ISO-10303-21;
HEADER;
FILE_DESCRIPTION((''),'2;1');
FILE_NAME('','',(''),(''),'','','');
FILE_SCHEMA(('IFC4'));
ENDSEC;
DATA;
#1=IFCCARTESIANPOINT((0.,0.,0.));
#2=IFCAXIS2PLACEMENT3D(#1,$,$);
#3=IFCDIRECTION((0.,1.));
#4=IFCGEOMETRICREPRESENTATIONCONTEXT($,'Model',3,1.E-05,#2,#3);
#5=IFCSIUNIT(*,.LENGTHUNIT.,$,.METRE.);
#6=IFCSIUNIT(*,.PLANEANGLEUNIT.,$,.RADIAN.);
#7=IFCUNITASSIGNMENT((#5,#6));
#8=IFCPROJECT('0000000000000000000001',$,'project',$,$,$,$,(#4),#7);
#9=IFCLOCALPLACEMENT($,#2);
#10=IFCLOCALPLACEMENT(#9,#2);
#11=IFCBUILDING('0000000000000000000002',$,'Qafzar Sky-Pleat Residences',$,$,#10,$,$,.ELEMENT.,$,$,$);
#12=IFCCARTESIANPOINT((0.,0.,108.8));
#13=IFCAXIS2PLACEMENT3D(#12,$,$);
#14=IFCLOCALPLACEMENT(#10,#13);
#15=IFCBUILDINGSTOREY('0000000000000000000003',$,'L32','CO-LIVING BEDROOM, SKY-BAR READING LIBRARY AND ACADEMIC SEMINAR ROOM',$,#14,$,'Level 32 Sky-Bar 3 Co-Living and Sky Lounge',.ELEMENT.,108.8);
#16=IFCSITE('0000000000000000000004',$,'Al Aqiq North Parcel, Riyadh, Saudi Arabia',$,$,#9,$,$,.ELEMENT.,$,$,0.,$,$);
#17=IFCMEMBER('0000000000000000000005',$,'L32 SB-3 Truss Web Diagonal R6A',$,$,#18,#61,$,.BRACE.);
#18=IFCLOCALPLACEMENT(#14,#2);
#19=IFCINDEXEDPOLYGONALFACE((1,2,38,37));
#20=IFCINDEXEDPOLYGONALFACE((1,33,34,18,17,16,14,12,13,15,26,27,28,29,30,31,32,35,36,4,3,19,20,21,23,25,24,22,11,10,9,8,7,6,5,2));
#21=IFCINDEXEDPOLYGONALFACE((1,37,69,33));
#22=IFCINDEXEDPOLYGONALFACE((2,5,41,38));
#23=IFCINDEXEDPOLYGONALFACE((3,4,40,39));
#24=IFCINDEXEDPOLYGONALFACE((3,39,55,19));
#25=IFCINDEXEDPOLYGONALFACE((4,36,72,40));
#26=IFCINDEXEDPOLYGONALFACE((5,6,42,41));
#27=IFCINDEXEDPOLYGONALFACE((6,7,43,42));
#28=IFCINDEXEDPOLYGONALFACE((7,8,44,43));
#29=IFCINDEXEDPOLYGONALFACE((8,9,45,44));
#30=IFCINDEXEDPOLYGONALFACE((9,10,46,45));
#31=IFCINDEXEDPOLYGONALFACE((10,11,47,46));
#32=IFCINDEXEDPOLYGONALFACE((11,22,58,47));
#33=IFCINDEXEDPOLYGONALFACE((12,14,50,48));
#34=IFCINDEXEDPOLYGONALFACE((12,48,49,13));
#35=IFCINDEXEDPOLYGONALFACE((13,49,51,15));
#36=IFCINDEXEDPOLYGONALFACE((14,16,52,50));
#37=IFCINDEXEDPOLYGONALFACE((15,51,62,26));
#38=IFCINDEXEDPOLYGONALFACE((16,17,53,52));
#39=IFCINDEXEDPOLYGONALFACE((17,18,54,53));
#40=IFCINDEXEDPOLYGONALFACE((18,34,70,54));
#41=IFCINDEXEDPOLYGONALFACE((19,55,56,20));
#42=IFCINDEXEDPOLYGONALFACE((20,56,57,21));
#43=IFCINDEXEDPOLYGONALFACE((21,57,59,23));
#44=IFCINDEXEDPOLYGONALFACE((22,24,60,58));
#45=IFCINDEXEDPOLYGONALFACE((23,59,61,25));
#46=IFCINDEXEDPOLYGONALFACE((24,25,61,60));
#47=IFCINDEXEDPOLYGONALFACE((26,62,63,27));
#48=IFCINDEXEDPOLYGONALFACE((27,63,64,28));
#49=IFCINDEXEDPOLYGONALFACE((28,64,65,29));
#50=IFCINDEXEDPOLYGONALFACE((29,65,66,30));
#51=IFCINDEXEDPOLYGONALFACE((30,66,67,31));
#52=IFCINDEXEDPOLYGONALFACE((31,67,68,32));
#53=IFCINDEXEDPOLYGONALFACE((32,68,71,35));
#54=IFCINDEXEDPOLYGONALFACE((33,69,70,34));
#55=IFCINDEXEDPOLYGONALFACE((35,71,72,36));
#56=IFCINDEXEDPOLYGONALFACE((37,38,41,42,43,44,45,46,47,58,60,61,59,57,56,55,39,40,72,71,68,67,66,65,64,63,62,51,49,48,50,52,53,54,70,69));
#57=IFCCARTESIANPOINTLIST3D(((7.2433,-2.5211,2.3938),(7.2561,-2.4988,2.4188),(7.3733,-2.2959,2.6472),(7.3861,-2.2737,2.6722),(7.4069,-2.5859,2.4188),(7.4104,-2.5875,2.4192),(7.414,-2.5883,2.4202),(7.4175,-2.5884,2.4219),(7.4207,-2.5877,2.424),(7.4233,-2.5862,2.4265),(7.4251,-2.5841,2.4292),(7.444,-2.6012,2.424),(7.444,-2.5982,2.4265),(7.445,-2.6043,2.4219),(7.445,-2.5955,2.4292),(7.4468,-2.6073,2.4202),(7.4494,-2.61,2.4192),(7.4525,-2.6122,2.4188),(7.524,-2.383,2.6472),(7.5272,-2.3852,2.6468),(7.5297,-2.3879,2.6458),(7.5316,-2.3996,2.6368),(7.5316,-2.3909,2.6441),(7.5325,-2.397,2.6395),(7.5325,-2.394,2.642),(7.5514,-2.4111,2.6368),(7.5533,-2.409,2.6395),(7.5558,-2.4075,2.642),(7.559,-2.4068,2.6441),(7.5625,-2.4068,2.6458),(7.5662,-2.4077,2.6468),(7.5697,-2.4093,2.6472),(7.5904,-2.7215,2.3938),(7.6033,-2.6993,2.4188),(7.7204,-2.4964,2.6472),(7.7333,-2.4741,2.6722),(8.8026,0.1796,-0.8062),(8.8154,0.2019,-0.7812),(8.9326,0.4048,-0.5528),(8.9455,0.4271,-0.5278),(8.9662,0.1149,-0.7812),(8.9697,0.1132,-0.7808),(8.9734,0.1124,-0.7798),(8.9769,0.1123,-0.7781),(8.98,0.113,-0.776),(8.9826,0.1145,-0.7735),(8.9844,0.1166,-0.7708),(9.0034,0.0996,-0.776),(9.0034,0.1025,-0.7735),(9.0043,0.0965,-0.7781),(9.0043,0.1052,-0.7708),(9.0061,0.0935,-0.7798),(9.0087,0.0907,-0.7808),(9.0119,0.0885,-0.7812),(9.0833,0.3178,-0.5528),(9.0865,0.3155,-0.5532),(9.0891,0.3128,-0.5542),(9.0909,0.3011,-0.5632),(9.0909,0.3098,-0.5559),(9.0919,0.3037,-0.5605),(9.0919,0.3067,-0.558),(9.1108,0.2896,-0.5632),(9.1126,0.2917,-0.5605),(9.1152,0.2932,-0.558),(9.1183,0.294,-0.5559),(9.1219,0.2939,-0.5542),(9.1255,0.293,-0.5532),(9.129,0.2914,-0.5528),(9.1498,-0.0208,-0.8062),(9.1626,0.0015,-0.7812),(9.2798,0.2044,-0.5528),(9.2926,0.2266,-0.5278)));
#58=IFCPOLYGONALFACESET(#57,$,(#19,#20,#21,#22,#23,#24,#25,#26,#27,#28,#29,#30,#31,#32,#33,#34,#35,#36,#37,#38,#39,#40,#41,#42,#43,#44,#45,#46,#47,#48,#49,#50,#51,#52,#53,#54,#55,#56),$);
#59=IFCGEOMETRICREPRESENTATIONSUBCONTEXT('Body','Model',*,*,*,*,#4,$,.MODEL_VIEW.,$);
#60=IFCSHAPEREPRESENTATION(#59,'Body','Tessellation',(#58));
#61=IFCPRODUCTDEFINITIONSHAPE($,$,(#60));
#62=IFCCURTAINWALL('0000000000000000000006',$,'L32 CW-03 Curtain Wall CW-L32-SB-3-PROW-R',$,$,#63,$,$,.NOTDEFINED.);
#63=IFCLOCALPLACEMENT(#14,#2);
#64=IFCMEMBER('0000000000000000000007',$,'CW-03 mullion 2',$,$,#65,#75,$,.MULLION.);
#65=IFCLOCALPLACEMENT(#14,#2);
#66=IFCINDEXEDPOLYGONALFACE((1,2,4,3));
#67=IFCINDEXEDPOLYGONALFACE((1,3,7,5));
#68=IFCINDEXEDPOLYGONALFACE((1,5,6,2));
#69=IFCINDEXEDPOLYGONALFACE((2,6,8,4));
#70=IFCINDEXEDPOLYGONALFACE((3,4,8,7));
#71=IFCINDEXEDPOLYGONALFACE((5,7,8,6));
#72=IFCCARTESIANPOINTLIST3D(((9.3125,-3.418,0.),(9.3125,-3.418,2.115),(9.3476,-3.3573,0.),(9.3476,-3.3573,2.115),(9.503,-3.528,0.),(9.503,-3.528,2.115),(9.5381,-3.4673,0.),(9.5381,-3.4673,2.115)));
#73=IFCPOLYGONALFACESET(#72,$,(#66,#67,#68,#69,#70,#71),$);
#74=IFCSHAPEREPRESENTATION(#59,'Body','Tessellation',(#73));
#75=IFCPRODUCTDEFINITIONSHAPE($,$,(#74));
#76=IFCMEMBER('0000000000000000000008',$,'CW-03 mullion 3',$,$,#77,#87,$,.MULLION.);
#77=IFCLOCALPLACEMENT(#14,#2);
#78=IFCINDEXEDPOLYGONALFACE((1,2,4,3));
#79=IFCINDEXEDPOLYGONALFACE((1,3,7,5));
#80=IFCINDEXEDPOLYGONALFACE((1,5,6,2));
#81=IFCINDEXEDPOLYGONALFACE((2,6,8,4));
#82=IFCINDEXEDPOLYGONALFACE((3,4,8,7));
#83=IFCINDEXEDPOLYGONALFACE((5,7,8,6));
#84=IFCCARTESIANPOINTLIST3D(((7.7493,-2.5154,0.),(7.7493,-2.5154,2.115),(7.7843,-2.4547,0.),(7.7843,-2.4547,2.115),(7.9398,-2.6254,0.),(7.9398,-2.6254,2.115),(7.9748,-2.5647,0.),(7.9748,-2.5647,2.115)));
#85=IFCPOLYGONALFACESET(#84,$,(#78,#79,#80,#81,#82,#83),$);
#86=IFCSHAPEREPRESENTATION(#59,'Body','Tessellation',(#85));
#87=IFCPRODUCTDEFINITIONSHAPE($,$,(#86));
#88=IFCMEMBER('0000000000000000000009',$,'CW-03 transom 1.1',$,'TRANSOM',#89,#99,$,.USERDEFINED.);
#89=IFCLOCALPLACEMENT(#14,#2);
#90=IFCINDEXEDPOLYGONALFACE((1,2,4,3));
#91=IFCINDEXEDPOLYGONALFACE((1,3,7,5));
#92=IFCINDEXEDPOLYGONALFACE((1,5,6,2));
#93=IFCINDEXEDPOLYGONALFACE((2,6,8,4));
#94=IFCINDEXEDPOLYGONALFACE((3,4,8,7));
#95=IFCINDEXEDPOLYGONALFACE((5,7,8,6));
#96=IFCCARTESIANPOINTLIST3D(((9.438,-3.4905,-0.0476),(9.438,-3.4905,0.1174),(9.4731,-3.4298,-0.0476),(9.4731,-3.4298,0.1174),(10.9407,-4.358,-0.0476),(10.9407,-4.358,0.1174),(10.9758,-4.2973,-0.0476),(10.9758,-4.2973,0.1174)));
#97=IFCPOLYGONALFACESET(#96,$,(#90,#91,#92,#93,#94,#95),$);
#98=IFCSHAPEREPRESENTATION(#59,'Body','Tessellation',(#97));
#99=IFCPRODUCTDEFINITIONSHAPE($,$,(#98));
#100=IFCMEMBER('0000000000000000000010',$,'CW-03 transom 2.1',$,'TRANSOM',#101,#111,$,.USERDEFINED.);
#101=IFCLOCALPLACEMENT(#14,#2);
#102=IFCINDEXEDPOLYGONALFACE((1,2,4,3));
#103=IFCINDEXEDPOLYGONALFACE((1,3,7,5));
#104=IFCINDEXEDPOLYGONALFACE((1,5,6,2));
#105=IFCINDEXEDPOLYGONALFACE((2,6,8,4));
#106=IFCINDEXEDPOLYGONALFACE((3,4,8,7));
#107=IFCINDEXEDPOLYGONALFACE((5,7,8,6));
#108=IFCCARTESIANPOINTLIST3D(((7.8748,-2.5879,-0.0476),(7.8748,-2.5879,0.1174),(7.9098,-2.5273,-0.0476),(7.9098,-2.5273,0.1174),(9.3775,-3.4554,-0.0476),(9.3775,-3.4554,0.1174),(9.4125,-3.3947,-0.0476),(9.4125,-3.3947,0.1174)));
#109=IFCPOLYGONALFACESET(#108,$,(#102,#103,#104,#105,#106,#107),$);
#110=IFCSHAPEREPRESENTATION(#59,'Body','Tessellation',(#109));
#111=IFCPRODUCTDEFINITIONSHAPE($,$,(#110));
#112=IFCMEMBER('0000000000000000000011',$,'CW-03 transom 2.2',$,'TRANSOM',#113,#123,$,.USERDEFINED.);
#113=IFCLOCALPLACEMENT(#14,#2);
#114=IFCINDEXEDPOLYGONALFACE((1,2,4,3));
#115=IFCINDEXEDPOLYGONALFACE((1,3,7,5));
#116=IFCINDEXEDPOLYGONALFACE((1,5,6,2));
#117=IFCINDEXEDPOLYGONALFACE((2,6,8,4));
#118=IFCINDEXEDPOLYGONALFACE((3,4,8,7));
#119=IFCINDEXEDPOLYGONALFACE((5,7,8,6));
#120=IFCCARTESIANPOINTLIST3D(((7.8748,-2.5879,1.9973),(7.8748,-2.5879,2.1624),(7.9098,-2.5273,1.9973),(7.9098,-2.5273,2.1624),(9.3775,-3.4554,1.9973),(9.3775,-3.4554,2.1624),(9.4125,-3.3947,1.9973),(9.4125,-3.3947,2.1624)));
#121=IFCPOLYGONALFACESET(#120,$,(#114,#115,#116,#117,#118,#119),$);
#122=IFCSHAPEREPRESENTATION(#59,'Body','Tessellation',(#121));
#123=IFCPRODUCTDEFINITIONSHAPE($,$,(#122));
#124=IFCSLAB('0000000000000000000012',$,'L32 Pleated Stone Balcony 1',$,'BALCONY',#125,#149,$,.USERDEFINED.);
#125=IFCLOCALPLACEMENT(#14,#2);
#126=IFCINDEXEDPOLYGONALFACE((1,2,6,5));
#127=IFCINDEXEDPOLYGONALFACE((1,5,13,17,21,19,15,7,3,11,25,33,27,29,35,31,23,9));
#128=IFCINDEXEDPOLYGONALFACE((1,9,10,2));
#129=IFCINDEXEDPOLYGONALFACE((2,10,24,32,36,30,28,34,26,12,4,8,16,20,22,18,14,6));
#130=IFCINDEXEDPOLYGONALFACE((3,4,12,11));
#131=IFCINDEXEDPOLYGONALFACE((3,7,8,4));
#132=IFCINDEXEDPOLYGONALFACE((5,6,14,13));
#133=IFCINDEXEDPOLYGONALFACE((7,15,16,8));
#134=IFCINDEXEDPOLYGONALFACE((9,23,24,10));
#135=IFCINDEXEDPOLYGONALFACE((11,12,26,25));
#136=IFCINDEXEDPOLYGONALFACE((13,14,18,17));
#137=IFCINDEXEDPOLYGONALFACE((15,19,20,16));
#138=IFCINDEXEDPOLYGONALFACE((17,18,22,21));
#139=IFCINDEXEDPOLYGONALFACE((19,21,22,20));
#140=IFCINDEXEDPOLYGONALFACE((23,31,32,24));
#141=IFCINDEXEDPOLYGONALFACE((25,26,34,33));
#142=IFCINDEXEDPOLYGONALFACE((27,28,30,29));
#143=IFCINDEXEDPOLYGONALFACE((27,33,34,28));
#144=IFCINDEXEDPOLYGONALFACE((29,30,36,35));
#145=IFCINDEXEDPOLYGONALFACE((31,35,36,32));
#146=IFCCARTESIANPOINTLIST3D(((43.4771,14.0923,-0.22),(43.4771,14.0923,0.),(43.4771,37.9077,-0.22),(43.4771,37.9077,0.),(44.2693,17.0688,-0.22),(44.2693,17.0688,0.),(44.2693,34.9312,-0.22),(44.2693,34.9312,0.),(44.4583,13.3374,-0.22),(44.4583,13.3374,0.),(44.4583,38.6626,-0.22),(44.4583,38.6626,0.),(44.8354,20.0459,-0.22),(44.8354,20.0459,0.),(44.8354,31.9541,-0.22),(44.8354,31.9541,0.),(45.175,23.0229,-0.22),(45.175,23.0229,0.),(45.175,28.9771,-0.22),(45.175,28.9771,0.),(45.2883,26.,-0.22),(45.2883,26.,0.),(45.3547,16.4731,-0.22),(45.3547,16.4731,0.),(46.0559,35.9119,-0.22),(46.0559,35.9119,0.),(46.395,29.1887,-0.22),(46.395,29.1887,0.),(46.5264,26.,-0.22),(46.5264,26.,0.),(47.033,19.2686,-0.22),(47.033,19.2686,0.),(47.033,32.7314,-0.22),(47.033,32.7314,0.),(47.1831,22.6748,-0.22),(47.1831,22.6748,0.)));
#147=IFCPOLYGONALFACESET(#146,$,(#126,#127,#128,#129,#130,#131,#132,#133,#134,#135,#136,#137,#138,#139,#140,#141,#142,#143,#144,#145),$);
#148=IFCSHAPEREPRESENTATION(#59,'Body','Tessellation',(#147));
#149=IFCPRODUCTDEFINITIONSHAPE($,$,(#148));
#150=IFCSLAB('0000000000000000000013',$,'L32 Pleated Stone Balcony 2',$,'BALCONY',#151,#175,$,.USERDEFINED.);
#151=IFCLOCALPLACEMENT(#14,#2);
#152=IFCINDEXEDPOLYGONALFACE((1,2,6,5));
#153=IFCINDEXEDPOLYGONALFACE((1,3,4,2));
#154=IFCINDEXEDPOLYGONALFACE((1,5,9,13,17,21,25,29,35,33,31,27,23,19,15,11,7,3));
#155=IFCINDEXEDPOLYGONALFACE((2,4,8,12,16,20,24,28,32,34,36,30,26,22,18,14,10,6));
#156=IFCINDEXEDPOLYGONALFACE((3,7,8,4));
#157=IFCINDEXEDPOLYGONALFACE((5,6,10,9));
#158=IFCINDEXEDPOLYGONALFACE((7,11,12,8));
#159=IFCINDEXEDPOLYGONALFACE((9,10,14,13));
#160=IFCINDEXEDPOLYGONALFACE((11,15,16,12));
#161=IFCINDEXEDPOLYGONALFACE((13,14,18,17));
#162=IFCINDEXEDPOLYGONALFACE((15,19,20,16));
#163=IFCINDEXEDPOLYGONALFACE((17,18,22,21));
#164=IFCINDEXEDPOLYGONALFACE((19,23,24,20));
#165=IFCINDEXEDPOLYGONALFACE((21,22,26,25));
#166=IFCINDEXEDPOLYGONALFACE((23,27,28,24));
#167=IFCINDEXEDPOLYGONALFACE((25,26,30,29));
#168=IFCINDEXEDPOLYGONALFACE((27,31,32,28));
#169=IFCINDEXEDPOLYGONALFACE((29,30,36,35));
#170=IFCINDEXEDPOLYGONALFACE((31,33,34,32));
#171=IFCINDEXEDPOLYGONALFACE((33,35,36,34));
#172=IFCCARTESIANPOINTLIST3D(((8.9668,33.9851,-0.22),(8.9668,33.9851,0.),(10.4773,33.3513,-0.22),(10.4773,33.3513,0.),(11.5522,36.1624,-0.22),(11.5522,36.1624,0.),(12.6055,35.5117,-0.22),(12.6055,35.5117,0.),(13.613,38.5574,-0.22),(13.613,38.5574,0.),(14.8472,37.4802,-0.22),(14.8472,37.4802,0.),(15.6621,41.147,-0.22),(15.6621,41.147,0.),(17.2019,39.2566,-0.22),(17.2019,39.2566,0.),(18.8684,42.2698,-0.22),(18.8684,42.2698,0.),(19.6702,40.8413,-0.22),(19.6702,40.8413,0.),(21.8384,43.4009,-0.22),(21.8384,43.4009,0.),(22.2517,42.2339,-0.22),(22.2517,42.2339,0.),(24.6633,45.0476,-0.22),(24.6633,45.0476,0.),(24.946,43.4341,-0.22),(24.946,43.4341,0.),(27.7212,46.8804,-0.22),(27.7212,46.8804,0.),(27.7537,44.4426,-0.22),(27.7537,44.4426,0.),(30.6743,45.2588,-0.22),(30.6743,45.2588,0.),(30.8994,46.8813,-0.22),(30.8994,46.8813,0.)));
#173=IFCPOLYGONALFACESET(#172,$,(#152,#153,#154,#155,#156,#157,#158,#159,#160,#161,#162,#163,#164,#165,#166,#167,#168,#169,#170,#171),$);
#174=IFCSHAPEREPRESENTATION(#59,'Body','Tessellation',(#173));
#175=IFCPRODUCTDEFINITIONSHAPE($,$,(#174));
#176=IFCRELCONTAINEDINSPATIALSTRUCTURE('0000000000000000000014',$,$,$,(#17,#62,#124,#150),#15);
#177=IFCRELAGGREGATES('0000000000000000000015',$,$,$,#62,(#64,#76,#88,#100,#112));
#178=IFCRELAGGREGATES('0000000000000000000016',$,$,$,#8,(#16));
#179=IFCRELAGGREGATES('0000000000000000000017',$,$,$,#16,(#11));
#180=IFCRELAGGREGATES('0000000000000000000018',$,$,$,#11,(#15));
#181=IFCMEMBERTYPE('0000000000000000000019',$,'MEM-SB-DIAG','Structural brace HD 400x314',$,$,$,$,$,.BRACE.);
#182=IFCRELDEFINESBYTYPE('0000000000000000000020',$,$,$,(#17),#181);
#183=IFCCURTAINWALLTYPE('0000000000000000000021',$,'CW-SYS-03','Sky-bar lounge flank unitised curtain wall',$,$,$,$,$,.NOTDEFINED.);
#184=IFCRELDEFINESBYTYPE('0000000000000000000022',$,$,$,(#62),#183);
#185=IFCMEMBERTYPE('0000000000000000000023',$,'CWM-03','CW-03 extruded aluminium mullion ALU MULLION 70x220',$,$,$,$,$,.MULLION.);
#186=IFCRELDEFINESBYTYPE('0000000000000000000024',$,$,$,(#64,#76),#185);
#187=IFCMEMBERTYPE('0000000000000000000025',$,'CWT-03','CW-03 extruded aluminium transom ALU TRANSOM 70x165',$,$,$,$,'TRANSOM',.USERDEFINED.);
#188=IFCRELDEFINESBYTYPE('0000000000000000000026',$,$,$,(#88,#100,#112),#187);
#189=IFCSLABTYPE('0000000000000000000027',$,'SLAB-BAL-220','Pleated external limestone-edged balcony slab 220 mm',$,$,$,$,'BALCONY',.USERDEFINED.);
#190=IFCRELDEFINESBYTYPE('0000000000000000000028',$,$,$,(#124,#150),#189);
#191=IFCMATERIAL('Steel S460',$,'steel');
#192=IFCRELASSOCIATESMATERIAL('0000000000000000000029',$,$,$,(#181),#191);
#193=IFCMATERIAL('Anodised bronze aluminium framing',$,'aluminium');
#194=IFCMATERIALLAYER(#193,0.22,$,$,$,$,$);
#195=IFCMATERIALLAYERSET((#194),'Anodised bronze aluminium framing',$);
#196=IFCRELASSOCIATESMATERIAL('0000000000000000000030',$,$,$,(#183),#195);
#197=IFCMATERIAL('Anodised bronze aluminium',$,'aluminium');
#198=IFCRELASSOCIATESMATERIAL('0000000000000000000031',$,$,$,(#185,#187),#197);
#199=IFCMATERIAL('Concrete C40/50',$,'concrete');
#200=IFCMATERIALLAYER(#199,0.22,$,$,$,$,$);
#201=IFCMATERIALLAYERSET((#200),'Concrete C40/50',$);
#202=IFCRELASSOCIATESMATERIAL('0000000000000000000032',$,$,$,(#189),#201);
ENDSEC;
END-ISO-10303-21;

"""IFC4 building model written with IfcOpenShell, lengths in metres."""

from ifc_helpers import new_model, si_unit, direction, frame, origin, origin_2d, place, context, subcontext, project, spatial, polyline, rectangle, i_section, outline, extrude, source, transform, mapped, material, layer, layer_set, material_profile, profile_set, type_object, element, aggregate, save


model = new_model("IFC4")

# Units and contexts
model_context = context("Model", 3, precision=1e-05, world=origin(), true_north=direction((0.0, 1.0)))
body_context = subcontext(model_context, "Body", "Model", "MODEL_VIEW")
ifc_project = project(units=[si_unit("LENGTHUNIT", "METRE"), si_unit("PLANEANGLEUNIT", "RADIAN")], contexts=[model_context])

# Site, building, storey
site_placement = place(None, origin())
site = spatial("IfcSite", under=ifc_project, at=site_placement, Name="Al Aqiq North Parcel, Riyadh, Saudi Arabia", CompositionType="ELEMENT", RefElevation=0.0)
building_placement = place(site_placement, origin())
building = spatial("IfcBuilding", under=site, at=building_placement, Name="Qafzar Sky-Pleat Residences", CompositionType="ELEMENT")
storey_placement = place(building_placement, frame((0.0, 0.0, 108.8)))
storey = spatial("IfcBuildingStorey", under=building, at=storey_placement, Name="L32", Description="CO-LIVING BEDROOM, SKY-BAR READING LIBRARY AND ACADEMIC SEMINAR ROOM", LongName="Level 32 Sky-Bar 3 Co-Living and Sky Lounge", CompositionType="ELEMENT", Elevation=108.8)

# Member
ifc_material_1 = material(Name="Steel S460", Category="steel")
ifc_material_profile_1 = material_profile(ifc_material_1, i_section(OverallWidth=0.4009, OverallDepth=0.3989, WebThickness=0.0229, FlangeThickness=0.0359, FilletRadius=0.0149, at=origin_2d()), Name="HD 400x314")
ifc_profile_set_1 = profile_set([ifc_material_profile_1], Name="Steel S460")
member_type_1 = type_object("IfcMemberType", Name="MEM-SB-DIAG", Description="Structural brace HD 400x314", PredefinedType="BRACE", material=ifc_profile_set_1)
shared_shape_1 = source(origin(), body_context, "Body", "SweptSolid", [
    extrude(i_section(OverallWidth=0.4009, OverallDepth=0.3989, WebThickness=0.0229, FlangeThickness=0.0359, FilletRadius=0.0149, at=origin_2d()), origin(), (0.0, 0.0, 1.0), 4.4683),
])
member_1_placement = place(storey_placement, frame((9.0476, 0.2031, -0.667), z_axis=(-0.348982, -0.604422, 0.71616), x_axis=(0.866013, -0.500021, 0.0)))
element("IfcMember", 1, at=member_1_placement, inside=storey, type_object=member_type_1, Name="L32 SB-3 Truss Web Diagonal R6A", PredefinedType="BRACE", context=body_context, shape_type="MappedRepresentation", body=[
    mapped(shared_shape_1, transform((0.0, 0.0, 0.0), x_axis=(1.0, 0.0, 0.0), y_axis=(0.0, 1.0, 0.0), z_axis=(0.0, 0.0, 1.0), scale=1.0)),
])

# Curtain wall, members
ifc_material_2 = material(Name="Anodised bronze aluminium framing", Category="aluminium")
ifc_layer_1 = layer(ifc_material_2, 0.22)
ifc_layer_set_1 = layer_set([ifc_layer_1], Name="Anodised bronze aluminium framing")
curtain_wall_type = type_object("IfcCurtainWallType", Name="CW-SYS-03", Description="Sky-bar lounge flank unitised curtain wall", PredefinedType="NOTDEFINED", material=ifc_layer_set_1)
curtain_wall_placement = place(storey_placement, origin())
curtain_wall = element("IfcCurtainWall", 2, at=curtain_wall_placement, inside=storey, type_object=curtain_wall_type, Name="L32 CW-03 Curtain Wall CW-L32-SB-3-PROW-R", PredefinedType="NOTDEFINED")
ifc_material_3 = material(Name="Anodised bronze aluminium", Category="aluminium")
ifc_material_profile_2 = material_profile(ifc_material_3, rectangle(XDim=0.0701, YDim=0.22, at=origin_2d()), Name="ALU MULLION 70x220")
ifc_profile_set_2 = profile_set([ifc_material_profile_2], Name="Anodised bronze aluminium")
member_type_2 = type_object("IfcMemberType", Name="CWM-03", Description="CW-03 extruded aluminium mullion ALU MULLION 70x220", PredefinedType="MULLION", material=ifc_profile_set_2)
shared_shape_2 = source(origin(), body_context, "Body", "SweptSolid", [
    extrude(rectangle(XDim=0.0701, YDim=0.22, at=origin_2d()), origin(), (0.0, 0.0, 1.0), 2.115),
])
member_2_placement = place(storey_placement, frame((9.4253, -3.4426, 0.0), z_axis=(0.0, 0.0, 1.0), x_axis=(-0.499997, -0.866027, 0.0)))
member_2 = element("IfcMember", 3, at=member_2_placement, type_object=member_type_2, Name="CW-03 mullion 2", PredefinedType="MULLION", context=body_context, shape_type="MappedRepresentation", body=[
    mapped(shared_shape_2, transform((0.0, 0.0, 0.0), x_axis=(1.0, 0.0, 0.0), y_axis=(0.0, 1.0, 0.0), z_axis=(0.0, 0.0, 1.0), scale=1.0)),
])
member_3_placement = place(storey_placement, frame((7.8621, -2.54, 0.0), z_axis=(0.0, 0.0, 1.0), x_axis=(-0.499997, -0.866027, 0.0)))
member_3 = element("IfcMember", 4, at=member_3_placement, type_object=member_type_2, Name="CW-03 mullion 3", PredefinedType="MULLION", context=body_context, shape_type="MappedRepresentation", body=[
    mapped(shared_shape_2, transform((0.0, 0.0, 0.0), x_axis=(1.0, 0.0, 0.0), y_axis=(0.0, 1.0, 0.0), z_axis=(0.0, 0.0, 1.0), scale=1.0)),
])
ifc_material_profile_3 = material_profile(ifc_material_3, rectangle(XDim=0.0701, YDim=0.165, at=origin_2d()), Name="ALU TRANSOM 70x165")
ifc_profile_set_3 = profile_set([ifc_material_profile_3], Name="Anodised bronze aluminium")
member_type_3 = type_object("IfcMemberType", Name="CWT-03", Description="CW-03 extruded aluminium transom ALU TRANSOM 70x165", ElementType="TRANSOM", PredefinedType="USERDEFINED", material=ifc_profile_set_3)
shared_shape_3 = source(origin(), body_context, "Body", "SweptSolid", [
    extrude(rectangle(XDim=0.0701, YDim=0.165, at=origin_2d()), origin(), (0.0, 0.0, 1.0), 1.7351),
])
member_4_placement = place(storey_placement, frame((10.9583, -4.3276, 0.0349), z_axis=(-0.866061, 0.499938, 0.0), x_axis=(-0.499938, -0.866061, 0.0)))
member_4 = element("IfcMember", 5, at=member_4_placement, type_object=member_type_3, Name="CW-03 transom 1.1", ObjectType="TRANSOM", PredefinedType="USERDEFINED", context=body_context, shape_type="MappedRepresentation", body=[
    mapped(shared_shape_3, transform((0.0, 0.0, 0.0), x_axis=(1.0, 0.0, 0.0), y_axis=(0.0, 1.0, 0.0), z_axis=(0.0, 0.0, 1.0), scale=1.0)),
])
member_5_placement = place(storey_placement, frame((9.395, -3.425, 0.0349), z_axis=(-0.866061, 0.499938, 0.0), x_axis=(-0.499938, -0.866061, 0.0)))
member_5 = element("IfcMember", 6, at=member_5_placement, type_object=member_type_3, Name="CW-03 transom 2.1", ObjectType="TRANSOM", PredefinedType="USERDEFINED", context=body_context, shape_type="MappedRepresentation", body=[
    mapped(shared_shape_3, transform((0.0, 0.0, 0.0), x_axis=(1.0, 0.0, 0.0), y_axis=(0.0, 1.0, 0.0), z_axis=(0.0, 0.0, 1.0), scale=1.0)),
])
member_6_placement = place(storey_placement, frame((9.395, -3.425, 2.0798), z_axis=(-0.866061, 0.499938, 0.0), x_axis=(-0.499938, -0.866061, 0.0)))
member_6 = element("IfcMember", 7, at=member_6_placement, type_object=member_type_3, Name="CW-03 transom 2.2", ObjectType="TRANSOM", PredefinedType="USERDEFINED", context=body_context, shape_type="MappedRepresentation", body=[
    mapped(shared_shape_3, transform((0.0, 0.0, 0.0), x_axis=(1.0, 0.0, 0.0), y_axis=(0.0, 1.0, 0.0), z_axis=(0.0, 0.0, 1.0), scale=1.0)),
])

# Slabs
ifc_material_4 = material(Name="Concrete C40/50", Category="concrete")
ifc_layer_2 = layer(ifc_material_4, 0.22)
ifc_layer_set_2 = layer_set([ifc_layer_2], Name="Concrete C40/50")
slab_type_1 = type_object("IfcSlabType", Name="SLAB-BAL-220", Description="Pleated external limestone-edged balcony slab 220 mm", ElementType="BALCONY", PredefinedType="USERDEFINED", material=ifc_layer_set_2)
slab_1_placement = place(storey_placement, frame((0.0, 0.0, -0.22)))
element("IfcSlab", 8, at=slab_1_placement, inside=storey, type_object=slab_type_1, Name="L32 Pleated Stone Balcony 1", ObjectType="BALCONY", PredefinedType="USERDEFINED", context=body_context, shape_type="SweptSolid", body=[
    extrude(outline(polyline([(44.2693, 17.0688), (44.8354, 20.0459), (45.175, 23.0229), (45.2883, 26.0), (45.175, 28.9771), (44.8354, 31.9541), (44.2693, 34.9312), (43.4771, 37.9077), (44.4583, 38.6626), (46.0559, 35.9119), (47.033, 32.7314), (46.395, 29.1887), (46.5264, 26.0), (47.1831, 22.6748), (47.033, 19.2686), (45.3547, 16.4731), (44.4583, 13.3374), (43.4771, 14.0923), (44.2693, 17.0688)])), origin(), (0.0, 0.0, 1.0), 0.22),
])
slab_2_placement = place(storey_placement, frame((0.0, 0.0, -0.22)))
element("IfcSlab", 9, at=slab_2_placement, inside=storey, type_object=slab_type_1, Name="L32 Pleated Stone Balcony 2", ObjectType="BALCONY", PredefinedType="USERDEFINED", context=body_context, shape_type="SweptSolid", body=[
    extrude(outline(polyline([(27.7537, 44.4426), (24.946, 43.4341), (22.2517, 42.2339), (19.6702, 40.8413), (17.2019, 39.2566), (14.8472, 37.4802), (12.6055, 35.5117), (10.4773, 33.3513), (8.9668, 33.9851), (11.5522, 36.1624), (13.613, 38.5574), (15.6621, 41.147), (18.8684, 42.2698), (21.8384, 43.4009), (24.6633, 45.0476), (27.7212, 46.8804), (30.8994, 46.8813), (30.6743, 45.2588), (27.7537, 44.4426)])), origin(), (0.0, 0.0, 1.0), 0.22),
])

aggregate(curtain_wall, [member_2, member_3, member_4, member_5, member_6])

save(model, "model.ifc")
